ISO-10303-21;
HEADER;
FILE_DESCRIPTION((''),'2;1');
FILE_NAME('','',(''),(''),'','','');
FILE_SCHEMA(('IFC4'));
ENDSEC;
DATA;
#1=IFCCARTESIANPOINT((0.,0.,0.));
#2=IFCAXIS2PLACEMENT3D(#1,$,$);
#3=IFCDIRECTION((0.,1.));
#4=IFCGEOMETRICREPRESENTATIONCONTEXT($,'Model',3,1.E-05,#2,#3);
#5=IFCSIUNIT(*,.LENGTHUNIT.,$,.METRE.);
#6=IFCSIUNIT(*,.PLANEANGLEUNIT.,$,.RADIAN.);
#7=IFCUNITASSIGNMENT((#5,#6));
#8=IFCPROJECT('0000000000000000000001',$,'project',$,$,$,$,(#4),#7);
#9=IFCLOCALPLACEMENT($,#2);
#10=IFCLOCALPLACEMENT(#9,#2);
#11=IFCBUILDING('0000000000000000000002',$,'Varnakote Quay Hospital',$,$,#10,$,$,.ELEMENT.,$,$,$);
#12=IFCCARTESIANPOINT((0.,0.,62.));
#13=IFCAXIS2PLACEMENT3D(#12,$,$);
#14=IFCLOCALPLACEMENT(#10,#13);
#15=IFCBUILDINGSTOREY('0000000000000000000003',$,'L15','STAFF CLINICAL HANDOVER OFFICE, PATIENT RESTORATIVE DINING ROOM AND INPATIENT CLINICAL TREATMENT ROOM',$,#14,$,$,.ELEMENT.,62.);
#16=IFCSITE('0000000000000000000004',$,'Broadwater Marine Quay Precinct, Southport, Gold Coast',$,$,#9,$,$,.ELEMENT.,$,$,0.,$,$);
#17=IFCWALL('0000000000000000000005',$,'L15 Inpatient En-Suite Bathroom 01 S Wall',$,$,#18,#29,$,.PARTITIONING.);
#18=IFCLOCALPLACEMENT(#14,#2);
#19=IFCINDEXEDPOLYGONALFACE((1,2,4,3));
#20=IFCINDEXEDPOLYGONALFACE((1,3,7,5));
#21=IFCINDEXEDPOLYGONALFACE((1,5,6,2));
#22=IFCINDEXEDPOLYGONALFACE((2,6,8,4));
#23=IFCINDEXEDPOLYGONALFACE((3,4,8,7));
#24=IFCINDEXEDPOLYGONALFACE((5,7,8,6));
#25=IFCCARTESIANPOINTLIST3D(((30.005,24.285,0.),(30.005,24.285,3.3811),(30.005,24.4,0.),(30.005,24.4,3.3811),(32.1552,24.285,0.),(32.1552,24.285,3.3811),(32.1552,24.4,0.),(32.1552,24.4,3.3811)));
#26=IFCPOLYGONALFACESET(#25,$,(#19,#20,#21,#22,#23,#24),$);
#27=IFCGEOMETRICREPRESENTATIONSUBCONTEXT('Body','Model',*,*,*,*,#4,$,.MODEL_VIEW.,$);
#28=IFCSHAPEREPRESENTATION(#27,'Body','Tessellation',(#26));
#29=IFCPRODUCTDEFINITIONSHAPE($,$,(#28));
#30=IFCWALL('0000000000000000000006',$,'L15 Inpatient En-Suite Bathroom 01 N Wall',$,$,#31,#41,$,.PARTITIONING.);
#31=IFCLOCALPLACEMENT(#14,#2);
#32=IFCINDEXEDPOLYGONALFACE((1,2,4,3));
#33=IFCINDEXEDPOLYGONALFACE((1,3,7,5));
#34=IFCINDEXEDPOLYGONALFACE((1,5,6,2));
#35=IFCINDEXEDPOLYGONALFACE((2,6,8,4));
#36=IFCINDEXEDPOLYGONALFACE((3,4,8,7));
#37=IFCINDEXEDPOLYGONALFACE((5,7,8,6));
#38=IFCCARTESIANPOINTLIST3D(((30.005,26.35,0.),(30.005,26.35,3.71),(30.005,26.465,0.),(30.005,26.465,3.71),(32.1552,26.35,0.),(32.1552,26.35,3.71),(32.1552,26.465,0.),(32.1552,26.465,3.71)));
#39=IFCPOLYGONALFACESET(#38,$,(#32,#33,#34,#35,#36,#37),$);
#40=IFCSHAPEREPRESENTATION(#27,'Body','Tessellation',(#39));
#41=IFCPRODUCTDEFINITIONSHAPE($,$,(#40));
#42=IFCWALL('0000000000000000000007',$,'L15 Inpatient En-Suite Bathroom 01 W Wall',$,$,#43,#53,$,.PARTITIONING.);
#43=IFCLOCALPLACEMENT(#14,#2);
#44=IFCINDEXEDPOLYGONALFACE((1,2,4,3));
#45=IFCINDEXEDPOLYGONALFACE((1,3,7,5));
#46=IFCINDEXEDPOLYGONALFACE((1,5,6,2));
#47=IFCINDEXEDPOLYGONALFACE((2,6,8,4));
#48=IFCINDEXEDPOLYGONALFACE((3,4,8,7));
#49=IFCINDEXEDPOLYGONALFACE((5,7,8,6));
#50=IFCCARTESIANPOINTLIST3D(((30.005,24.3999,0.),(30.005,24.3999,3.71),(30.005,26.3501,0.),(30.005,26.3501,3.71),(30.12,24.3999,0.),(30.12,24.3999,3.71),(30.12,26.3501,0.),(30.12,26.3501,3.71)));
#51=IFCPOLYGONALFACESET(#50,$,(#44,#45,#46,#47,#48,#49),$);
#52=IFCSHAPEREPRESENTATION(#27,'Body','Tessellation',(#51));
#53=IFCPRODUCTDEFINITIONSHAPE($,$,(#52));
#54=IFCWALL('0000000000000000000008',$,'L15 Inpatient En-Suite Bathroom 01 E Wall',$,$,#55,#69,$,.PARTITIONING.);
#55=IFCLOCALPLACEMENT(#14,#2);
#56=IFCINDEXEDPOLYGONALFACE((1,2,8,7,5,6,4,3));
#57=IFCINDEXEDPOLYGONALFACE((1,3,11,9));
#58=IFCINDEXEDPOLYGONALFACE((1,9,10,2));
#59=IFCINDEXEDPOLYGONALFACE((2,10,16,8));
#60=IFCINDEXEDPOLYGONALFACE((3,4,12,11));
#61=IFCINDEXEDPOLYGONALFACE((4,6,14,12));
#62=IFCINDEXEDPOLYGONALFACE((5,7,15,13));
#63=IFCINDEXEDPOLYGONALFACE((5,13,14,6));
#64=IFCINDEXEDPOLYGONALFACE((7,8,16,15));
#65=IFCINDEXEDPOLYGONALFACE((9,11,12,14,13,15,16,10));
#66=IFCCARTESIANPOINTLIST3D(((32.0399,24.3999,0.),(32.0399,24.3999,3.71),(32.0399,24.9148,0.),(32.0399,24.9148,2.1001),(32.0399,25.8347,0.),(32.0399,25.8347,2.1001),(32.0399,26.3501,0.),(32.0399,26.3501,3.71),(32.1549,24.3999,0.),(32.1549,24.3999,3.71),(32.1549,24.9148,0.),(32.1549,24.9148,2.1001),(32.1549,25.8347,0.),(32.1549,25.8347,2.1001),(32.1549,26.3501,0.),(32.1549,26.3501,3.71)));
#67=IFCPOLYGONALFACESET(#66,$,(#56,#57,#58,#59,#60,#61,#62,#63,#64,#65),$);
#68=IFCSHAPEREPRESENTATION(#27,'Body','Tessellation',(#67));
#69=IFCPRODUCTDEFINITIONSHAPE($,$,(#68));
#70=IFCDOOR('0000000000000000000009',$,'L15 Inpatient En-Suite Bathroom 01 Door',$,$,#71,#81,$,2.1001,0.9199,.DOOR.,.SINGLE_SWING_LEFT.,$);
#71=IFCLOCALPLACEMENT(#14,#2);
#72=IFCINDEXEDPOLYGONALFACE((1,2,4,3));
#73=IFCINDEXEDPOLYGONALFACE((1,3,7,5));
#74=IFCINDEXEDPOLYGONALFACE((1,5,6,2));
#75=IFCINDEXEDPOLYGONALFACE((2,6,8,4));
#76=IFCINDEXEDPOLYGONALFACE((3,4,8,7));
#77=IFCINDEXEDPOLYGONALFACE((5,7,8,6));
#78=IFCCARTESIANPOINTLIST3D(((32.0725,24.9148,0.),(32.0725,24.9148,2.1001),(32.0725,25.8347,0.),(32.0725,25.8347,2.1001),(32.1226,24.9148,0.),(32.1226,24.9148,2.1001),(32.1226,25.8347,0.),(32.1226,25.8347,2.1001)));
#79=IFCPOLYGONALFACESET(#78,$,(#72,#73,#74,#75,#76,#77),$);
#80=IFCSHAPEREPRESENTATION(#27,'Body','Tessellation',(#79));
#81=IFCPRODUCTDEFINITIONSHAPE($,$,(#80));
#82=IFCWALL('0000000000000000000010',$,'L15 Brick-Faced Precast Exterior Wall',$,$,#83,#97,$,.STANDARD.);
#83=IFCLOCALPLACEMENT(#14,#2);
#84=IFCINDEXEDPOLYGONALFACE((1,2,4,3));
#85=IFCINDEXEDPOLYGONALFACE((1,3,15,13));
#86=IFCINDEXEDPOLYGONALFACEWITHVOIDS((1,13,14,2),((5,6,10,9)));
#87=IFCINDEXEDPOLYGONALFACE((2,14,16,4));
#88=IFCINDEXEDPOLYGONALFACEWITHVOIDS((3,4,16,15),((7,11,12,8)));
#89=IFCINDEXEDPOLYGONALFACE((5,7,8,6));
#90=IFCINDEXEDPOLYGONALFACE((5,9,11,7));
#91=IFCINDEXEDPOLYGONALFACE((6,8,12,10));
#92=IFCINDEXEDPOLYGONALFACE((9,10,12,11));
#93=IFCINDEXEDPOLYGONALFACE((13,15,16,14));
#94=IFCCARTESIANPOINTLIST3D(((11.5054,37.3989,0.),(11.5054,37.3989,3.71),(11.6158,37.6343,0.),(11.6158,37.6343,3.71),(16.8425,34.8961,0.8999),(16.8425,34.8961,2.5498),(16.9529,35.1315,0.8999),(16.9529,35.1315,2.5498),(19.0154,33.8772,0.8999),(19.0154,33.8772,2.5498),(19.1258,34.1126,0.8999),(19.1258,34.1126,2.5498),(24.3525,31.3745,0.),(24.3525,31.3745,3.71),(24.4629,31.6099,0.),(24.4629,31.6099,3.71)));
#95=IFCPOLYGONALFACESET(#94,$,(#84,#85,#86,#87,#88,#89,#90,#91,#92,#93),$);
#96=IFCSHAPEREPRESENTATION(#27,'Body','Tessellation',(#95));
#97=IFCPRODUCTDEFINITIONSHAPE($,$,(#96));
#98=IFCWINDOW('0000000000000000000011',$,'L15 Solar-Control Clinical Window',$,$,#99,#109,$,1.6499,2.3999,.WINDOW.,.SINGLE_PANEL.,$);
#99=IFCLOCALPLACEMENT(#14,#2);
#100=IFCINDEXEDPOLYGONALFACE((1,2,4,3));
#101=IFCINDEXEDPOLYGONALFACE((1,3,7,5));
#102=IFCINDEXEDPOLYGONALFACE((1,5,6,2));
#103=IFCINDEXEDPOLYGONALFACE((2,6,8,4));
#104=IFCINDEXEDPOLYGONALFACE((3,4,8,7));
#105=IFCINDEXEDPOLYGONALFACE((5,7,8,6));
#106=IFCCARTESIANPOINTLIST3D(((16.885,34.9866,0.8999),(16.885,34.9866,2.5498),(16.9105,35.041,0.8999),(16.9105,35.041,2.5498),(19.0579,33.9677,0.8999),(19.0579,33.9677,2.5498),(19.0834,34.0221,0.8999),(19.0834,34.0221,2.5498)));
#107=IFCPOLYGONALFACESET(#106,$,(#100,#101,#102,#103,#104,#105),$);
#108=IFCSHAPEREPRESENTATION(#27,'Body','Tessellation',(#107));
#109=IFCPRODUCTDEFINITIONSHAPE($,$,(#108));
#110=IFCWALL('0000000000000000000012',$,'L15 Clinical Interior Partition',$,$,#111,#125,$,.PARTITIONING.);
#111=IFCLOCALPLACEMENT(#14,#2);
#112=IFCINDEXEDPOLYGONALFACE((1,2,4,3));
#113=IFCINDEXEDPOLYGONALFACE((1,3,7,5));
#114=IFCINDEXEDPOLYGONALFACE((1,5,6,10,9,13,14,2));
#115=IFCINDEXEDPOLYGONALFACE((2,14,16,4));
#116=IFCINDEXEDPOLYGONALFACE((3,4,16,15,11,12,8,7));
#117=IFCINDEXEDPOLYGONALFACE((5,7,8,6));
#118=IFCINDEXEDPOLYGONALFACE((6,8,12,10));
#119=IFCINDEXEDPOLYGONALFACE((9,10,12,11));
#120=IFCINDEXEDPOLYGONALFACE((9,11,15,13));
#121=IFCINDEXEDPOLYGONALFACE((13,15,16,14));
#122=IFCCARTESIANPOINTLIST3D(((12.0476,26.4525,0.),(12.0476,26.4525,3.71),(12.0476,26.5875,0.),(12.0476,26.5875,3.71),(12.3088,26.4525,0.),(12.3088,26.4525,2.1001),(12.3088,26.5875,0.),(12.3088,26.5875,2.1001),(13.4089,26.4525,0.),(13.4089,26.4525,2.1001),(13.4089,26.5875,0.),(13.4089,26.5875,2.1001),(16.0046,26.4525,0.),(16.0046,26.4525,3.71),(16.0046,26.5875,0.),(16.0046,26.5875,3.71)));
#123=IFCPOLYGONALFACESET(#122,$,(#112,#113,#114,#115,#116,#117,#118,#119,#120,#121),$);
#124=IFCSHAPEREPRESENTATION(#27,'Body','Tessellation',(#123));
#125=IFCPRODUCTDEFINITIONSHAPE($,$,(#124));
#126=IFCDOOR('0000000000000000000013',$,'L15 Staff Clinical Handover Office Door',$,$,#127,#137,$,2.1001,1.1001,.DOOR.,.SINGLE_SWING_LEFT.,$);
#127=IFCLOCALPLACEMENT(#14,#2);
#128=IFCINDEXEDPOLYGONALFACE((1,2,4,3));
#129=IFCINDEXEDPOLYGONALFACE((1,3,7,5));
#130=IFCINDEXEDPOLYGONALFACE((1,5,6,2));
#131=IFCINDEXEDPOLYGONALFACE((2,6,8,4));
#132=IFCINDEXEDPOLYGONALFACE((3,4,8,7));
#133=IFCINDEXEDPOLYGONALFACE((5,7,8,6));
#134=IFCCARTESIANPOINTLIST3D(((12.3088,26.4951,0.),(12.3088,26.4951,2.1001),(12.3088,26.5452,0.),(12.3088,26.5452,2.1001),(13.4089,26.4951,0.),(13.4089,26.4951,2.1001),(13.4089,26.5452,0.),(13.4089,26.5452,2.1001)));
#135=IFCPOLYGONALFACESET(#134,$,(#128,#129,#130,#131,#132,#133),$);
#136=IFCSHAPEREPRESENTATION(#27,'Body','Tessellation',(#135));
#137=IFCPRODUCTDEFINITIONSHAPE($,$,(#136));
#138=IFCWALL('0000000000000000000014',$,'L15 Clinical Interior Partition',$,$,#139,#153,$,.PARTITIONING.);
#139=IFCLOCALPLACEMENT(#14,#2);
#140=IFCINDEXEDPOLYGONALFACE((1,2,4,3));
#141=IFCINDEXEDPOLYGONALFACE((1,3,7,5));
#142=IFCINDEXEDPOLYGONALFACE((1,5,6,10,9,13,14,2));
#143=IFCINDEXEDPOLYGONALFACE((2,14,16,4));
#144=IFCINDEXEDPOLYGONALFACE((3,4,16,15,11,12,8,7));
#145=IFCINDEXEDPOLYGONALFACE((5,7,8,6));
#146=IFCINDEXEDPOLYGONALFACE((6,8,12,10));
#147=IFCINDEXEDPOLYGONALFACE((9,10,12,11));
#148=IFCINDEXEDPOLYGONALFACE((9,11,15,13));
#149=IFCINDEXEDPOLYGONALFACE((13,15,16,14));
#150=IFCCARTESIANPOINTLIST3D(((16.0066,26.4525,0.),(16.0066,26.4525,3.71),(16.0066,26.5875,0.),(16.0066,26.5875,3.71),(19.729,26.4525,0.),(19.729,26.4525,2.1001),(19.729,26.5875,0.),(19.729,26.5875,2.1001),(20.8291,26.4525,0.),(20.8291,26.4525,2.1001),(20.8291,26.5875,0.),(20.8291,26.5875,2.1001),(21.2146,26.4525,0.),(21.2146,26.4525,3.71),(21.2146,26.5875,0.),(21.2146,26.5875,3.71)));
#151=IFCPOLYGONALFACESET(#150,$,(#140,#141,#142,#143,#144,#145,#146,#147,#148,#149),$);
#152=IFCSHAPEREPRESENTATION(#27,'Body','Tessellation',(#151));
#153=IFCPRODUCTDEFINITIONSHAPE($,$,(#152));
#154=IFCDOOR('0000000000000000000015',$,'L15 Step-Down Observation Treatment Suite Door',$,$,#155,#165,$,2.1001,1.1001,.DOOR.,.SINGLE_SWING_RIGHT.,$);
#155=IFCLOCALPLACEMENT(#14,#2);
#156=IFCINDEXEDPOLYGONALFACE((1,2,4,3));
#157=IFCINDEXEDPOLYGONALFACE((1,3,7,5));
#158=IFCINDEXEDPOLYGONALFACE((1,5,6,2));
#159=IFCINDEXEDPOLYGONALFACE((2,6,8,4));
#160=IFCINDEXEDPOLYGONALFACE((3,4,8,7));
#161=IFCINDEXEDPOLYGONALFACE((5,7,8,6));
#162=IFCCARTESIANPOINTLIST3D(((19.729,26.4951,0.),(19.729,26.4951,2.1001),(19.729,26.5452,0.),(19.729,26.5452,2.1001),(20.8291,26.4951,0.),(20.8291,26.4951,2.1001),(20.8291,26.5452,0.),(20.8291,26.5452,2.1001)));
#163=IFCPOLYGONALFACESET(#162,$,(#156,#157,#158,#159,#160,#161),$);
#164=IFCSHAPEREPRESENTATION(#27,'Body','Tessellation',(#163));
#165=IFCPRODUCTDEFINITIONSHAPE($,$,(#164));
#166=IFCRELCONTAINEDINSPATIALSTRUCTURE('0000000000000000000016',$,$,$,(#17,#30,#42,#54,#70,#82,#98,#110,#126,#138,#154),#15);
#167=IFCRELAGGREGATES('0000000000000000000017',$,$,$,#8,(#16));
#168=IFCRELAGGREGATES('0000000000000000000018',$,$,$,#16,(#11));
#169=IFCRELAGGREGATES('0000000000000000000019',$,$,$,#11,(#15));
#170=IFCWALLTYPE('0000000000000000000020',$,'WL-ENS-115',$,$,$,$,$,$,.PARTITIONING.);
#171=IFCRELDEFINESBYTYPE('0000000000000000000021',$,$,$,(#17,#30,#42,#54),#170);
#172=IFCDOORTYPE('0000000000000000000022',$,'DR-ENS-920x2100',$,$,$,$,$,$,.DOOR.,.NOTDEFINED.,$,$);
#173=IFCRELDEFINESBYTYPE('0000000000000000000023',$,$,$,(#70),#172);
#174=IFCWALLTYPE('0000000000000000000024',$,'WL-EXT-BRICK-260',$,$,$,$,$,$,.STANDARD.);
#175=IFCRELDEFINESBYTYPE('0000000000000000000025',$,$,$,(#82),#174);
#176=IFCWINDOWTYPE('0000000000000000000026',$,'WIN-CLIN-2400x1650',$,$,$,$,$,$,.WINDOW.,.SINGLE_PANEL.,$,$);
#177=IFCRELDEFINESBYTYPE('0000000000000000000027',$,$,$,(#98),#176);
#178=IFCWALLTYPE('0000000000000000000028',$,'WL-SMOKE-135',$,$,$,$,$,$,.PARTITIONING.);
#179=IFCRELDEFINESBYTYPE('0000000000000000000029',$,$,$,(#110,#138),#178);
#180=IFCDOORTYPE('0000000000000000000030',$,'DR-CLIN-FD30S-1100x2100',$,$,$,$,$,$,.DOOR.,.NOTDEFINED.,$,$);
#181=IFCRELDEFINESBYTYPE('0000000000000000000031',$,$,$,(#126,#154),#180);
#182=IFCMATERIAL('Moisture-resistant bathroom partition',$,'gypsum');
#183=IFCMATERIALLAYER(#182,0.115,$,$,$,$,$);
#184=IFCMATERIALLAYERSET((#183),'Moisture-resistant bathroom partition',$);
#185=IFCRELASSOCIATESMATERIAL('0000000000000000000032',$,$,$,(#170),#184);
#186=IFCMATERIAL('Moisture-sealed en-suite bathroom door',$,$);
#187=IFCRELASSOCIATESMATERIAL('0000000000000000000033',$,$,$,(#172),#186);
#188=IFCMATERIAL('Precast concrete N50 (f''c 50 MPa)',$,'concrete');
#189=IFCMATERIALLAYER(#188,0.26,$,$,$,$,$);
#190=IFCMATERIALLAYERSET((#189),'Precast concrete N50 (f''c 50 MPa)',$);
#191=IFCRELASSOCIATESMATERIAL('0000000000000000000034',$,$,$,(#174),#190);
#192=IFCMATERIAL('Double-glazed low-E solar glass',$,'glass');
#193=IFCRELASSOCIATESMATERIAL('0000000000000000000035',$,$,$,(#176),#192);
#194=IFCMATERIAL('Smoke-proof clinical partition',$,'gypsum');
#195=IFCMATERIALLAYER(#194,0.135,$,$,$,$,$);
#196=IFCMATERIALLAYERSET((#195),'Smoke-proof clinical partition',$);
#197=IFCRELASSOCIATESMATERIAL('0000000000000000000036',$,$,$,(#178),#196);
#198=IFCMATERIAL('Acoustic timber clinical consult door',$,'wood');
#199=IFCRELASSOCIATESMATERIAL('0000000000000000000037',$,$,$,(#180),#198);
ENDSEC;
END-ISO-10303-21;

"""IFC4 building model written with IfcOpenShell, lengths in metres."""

from ifc_helpers import new_model, si_unit, direction, frame, frame_2d, origin, place, context, subcontext, project, spatial, rectangle, extrude, material, layer, layer_set, type_object, element, fill, save


model = new_model("IFC4")

# Units and contexts
model_context = context("Model", 3, precision=1e-05, world=origin(), true_north=direction((0.0, 1.0)))
body_context = subcontext(model_context, "Body", "Model", "MODEL_VIEW")
ifc_project = project(units=[si_unit("LENGTHUNIT", "METRE"), si_unit("PLANEANGLEUNIT", "RADIAN")], contexts=[model_context])

# Site, building, storey
site_placement = place(None, origin())
site = spatial("IfcSite", under=ifc_project, at=site_placement, Name="Broadwater Marine Quay Precinct, Southport, Gold Coast", CompositionType="ELEMENT", RefElevation=0.0)
building_placement = place(site_placement, origin())
building = spatial("IfcBuilding", under=site, at=building_placement, Name="Varnakote Quay Hospital", CompositionType="ELEMENT")
storey_placement = place(building_placement, frame((0.0, 0.0, 62.0)))
storey = spatial("IfcBuildingStorey", under=building, at=storey_placement, Name="L15", Description="STAFF CLINICAL HANDOVER OFFICE, PATIENT RESTORATIVE DINING ROOM AND INPATIENT CLINICAL TREATMENT ROOM", CompositionType="ELEMENT", Elevation=62.0)

# Walls
ifc_material_1 = material(Name="Moisture-resistant bathroom partition", Category="gypsum")
ifc_layer_1 = layer(ifc_material_1, 0.115)
ifc_layer_set_1 = layer_set([ifc_layer_1], Name="Moisture-resistant bathroom partition")
wall_type_1 = type_object("IfcWallType", Name="WL-ENS-115", PredefinedType="PARTITIONING", material=ifc_layer_set_1)
wall_1_placement = place(storey_placement, frame((30.0049, 24.3425, 0.0), z_axis=(0.0, 0.0, 1.0), x_axis=(1.0, 0.0, 0.0)))
element("IfcWall", 1, at=wall_1_placement, inside=storey, type_object=wall_type_1, Name="L15 Inpatient En-Suite Bathroom 01 S Wall", PredefinedType="PARTITIONING", context=body_context, shape_type="SweptSolid", body=[
    extrude(rectangle(XDim=2.1501, YDim=0.115, at=frame_2d((1.0752, 0.0))), origin(), (0.0, 0.0, 1.0), 3.3811),
])
wall_2_placement = place(storey_placement, frame((30.0049, 26.4075, 0.0), z_axis=(0.0, 0.0, 1.0), x_axis=(1.0, 0.0, 0.0)))
element("IfcWall", 2, at=wall_2_placement, inside=storey, type_object=wall_type_1, Name="L15 Inpatient En-Suite Bathroom 01 N Wall", PredefinedType="PARTITIONING", context=body_context, shape_type="SweptSolid", body=[
    extrude(rectangle(XDim=2.1501, YDim=0.115, at=frame_2d((1.0752, 0.0))), origin(), (0.0, 0.0, 1.0), 3.71),
])
wall_3_placement = place(storey_placement, frame((30.0625, 24.3999, 0.0), z_axis=(0.0, 0.0, 1.0), x_axis=(0.0, 1.0, 0.0)))
element("IfcWall", 3, at=wall_3_placement, inside=storey, type_object=wall_type_1, Name="L15 Inpatient En-Suite Bathroom 01 W Wall", PredefinedType="PARTITIONING", context=body_context, shape_type="SweptSolid", body=[
    extrude(rectangle(XDim=1.9502, YDim=0.115, at=frame_2d((0.9751, 0.0))), origin(), (0.0, 0.0, 1.0), 3.71),
])

# Wall, opening, door
wall_4_placement = place(storey_placement, frame((32.0974, 24.3999, 0.0), z_axis=(0.0, 0.0, 1.0), x_axis=(0.0, 1.0, 0.0)))
wall_4 = element("IfcWall", 4, at=wall_4_placement, inside=storey, type_object=wall_type_1, Name="L15 Inpatient En-Suite Bathroom 01 E Wall", PredefinedType="PARTITIONING", context=body_context, shape_type="SweptSolid", body=[
    extrude(rectangle(XDim=1.9502, YDim=0.115, at=frame_2d((0.9751, 0.0))), origin(), (0.0, 0.0, 1.0), 3.71),
])
opening_1_placement = place(wall_4_placement, frame((0.5149, 0.0, 0.0)))
opening_1 = element("IfcOpeningElement", 5, at=opening_1_placement, cuts=wall_4, PredefinedType="OPENING", context=body_context, shape_type="SweptSolid", body=[
    extrude(rectangle(XDim=0.9199, YDim=2.1001, at=frame_2d((0.46, 1.05))), frame((0.0, 0.0674, 0.0), z_axis=(0.0, -1.0, 0.0), x_axis=(1.0, 0.0, 0.0)), (0.0, 0.0, 1.0), 0.135),
])
ifc_material_2 = material(Name="Moisture-sealed en-suite bathroom door")
door_type_1 = type_object("IfcDoorType", Name="DR-ENS-920x2100", OperationType="NOTDEFINED", PredefinedType="DOOR", material=ifc_material_2)
door_1_placement = place(opening_1_placement, origin())
door_1 = element("IfcDoor", 6, at=door_1_placement, inside=storey, type_object=door_type_1, Name="L15 Inpatient En-Suite Bathroom 01 Door", OperationType="SINGLE_SWING_LEFT", OverallHeight=2.1001, OverallWidth=0.9199, PredefinedType="DOOR", context=body_context, shape_type="SweptSolid", body=[
    extrude(rectangle(XDim=0.9199, YDim=2.1001, at=frame_2d((0.46, 1.05))), frame((0.0, 0.0249, 0.0), z_axis=(0.0, -1.0, 0.0), x_axis=(1.0, 0.0, 0.0)), (0.0, 0.0, 1.0), 0.05),
])
fill(opening_1, door_1)

# Wall, opening, window
ifc_material_3 = material(Name="Precast concrete N50 (f'c 50 MPa)", Category="concrete")
ifc_layer_2 = layer(ifc_material_3, 0.26)
ifc_layer_set_2 = layer_set([ifc_layer_2], Name="Precast concrete N50 (f'c 50 MPa)")
wall_type_2 = type_object("IfcWallType", Name="WL-EXT-BRICK-260", PredefinedType="STANDARD", material=ifc_layer_set_2)
wall_5_placement = place(storey_placement, frame((24.4077, 31.4922, 0.0), z_axis=(0.0, 0.0, 1.0), x_axis=(-0.905397, 0.424567, 0.0)))
wall_5 = element("IfcWall", 7, at=wall_5_placement, inside=storey, type_object=wall_type_2, Name="L15 Brick-Faced Precast Exterior Wall", PredefinedType="STANDARD", context=body_context, shape_type="SweptSolid", body=[
    extrude(rectangle(XDim=14.1895, YDim=0.26, at=frame_2d((7.0947, 0.0))), origin(), (0.0, 0.0, 1.0), 3.71),
])
opening_2_placement = place(wall_5_placement, frame((5.8948, 0.0, 0.8999)))
opening_2 = element("IfcOpeningElement", 8, at=opening_2_placement, cuts=wall_5, PredefinedType="OPENING", context=body_context, shape_type="SweptSolid", body=[
    extrude(rectangle(XDim=2.3999, YDim=1.6499, at=frame_2d((1.2, 0.825))), frame((0.0, 0.1399, 0.0), z_axis=(0.0, -1.0, 0.0), x_axis=(1.0, 0.0, 0.0)), (0.0, 0.0, 1.0), 0.28),
])
ifc_material_4 = material(Name="Double-glazed low-E solar glass", Category="glass")
window_type = type_object("IfcWindowType", Name="WIN-CLIN-2400x1650", PartitioningType="SINGLE_PANEL", PredefinedType="WINDOW", material=ifc_material_4)
window_placement = place(opening_2_placement, origin())
window = element("IfcWindow", 9, at=window_placement, inside=storey, type_object=window_type, Name="L15 Solar-Control Clinical Window", OverallHeight=1.6499, OverallWidth=2.3999, PartitioningType="SINGLE_PANEL", PredefinedType="WINDOW", context=body_context, shape_type="SweptSolid", body=[
    extrude(rectangle(XDim=2.3999, YDim=1.6499, at=frame_2d((1.2, 0.825))), frame((0.0, 0.03, 0.0), z_axis=(0.0, -1.0, 0.0), x_axis=(1.0, 0.0, 0.0)), (0.0, 0.0, 1.0), 0.0601),
])
fill(opening_2, window)

# Walls, openings, doors
ifc_material_5 = material(Name="Smoke-proof clinical partition", Category="gypsum")
ifc_layer_3 = layer(ifc_material_5, 0.135)
ifc_layer_set_3 = layer_set([ifc_layer_3], Name="Smoke-proof clinical partition")
wall_type_3 = type_object("IfcWallType", Name="WL-SMOKE-135", PredefinedType="PARTITIONING", material=ifc_layer_set_3)
wall_6_placement = place(storey_placement, frame((16.0046, 26.52, 0.0), z_axis=(0.0, 0.0, 1.0), x_axis=(-1.0, 0.0, 0.0)))
wall_6 = element("IfcWall", 10, at=wall_6_placement, inside=storey, type_object=wall_type_3, Name="L15 Clinical Interior Partition", PredefinedType="PARTITIONING", context=body_context, shape_type="SweptSolid", body=[
    extrude(rectangle(XDim=3.957, YDim=0.135, at=frame_2d((1.9785, 0.0))), origin(), (0.0, 0.0, 1.0), 3.71),
])
opening_3_placement = place(wall_6_placement, frame((2.5957, 0.0, 0.0)))
opening_3 = element("IfcOpeningElement", 11, at=opening_3_placement, cuts=wall_6, PredefinedType="OPENING", context=body_context, shape_type="SweptSolid", body=[
    extrude(rectangle(XDim=1.1001, YDim=2.1001, at=frame_2d((0.55, 1.05))), frame((0.0, 0.0774, 0.0), z_axis=(0.0, -1.0, 0.0), x_axis=(1.0, 0.0, 0.0)), (0.0, 0.0, 1.0), 0.155),
])
ifc_material_6 = material(Name="Acoustic timber clinical consult door", Category="wood")
door_type_2 = type_object("IfcDoorType", Name="DR-CLIN-FD30S-1100x2100", OperationType="NOTDEFINED", PredefinedType="DOOR", material=ifc_material_6)
door_2_placement = place(opening_3_placement, origin())
door_2 = element("IfcDoor", 12, at=door_2_placement, inside=storey, type_object=door_type_2, Name="L15 Staff Clinical Handover Office Door", OperationType="SINGLE_SWING_LEFT", OverallHeight=2.1001, OverallWidth=1.1001, PredefinedType="DOOR", context=body_context, shape_type="SweptSolid", body=[
    extrude(rectangle(XDim=1.1001, YDim=2.1001, at=frame_2d((0.55, 1.05))), frame((0.0, 0.0249, 0.0), z_axis=(0.0, -1.0, 0.0), x_axis=(1.0, 0.0, 0.0)), (0.0, 0.0, 1.0), 0.05),
])
fill(opening_3, door_2)
wall_7_placement = place(storey_placement, frame((21.2146, 26.52, 0.0), z_axis=(0.0, 0.0, 1.0), x_axis=(-1.0, 0.0, 0.0)))
wall_7 = element("IfcWall", 13, at=wall_7_placement, inside=storey, type_object=wall_type_3, Name="L15 Clinical Interior Partition", PredefinedType="PARTITIONING", context=body_context, shape_type="SweptSolid", body=[
    extrude(rectangle(XDim=5.208, YDim=0.135, at=frame_2d((2.604, 0.0))), origin(), (0.0, 0.0, 1.0), 3.71),
])
opening_4_placement = place(wall_7_placement, frame((0.3855, 0.0, 0.0)))
opening_4 = element("IfcOpeningElement", 14, at=opening_4_placement, cuts=wall_7, PredefinedType="OPENING", context=body_context, shape_type="SweptSolid", body=[
    extrude(rectangle(XDim=1.1001, YDim=2.1001, at=frame_2d((0.55, 1.05))), frame((0.0, 0.0774, 0.0), z_axis=(0.0, -1.0, 0.0), x_axis=(1.0, 0.0, 0.0)), (0.0, 0.0, 1.0), 0.155),
])
door_3_placement = place(opening_4_placement, origin())
door_3 = element("IfcDoor", 15, at=door_3_placement, inside=storey, type_object=door_type_2, Name="L15 Step-Down Observation Treatment Suite Door", OperationType="SINGLE_SWING_RIGHT", OverallHeight=2.1001, OverallWidth=1.1001, PredefinedType="DOOR", context=body_context, shape_type="SweptSolid", body=[
    extrude(rectangle(XDim=1.1001, YDim=2.1001, at=frame_2d((0.55, 1.05))), frame((0.0, 0.0249, 0.0), z_axis=(0.0, -1.0, 0.0), x_axis=(1.0, 0.0, 0.0)), (0.0, 0.0, 1.0), 0.05),
])
fill(opening_4, door_3)

save(model, "model.ifc")
